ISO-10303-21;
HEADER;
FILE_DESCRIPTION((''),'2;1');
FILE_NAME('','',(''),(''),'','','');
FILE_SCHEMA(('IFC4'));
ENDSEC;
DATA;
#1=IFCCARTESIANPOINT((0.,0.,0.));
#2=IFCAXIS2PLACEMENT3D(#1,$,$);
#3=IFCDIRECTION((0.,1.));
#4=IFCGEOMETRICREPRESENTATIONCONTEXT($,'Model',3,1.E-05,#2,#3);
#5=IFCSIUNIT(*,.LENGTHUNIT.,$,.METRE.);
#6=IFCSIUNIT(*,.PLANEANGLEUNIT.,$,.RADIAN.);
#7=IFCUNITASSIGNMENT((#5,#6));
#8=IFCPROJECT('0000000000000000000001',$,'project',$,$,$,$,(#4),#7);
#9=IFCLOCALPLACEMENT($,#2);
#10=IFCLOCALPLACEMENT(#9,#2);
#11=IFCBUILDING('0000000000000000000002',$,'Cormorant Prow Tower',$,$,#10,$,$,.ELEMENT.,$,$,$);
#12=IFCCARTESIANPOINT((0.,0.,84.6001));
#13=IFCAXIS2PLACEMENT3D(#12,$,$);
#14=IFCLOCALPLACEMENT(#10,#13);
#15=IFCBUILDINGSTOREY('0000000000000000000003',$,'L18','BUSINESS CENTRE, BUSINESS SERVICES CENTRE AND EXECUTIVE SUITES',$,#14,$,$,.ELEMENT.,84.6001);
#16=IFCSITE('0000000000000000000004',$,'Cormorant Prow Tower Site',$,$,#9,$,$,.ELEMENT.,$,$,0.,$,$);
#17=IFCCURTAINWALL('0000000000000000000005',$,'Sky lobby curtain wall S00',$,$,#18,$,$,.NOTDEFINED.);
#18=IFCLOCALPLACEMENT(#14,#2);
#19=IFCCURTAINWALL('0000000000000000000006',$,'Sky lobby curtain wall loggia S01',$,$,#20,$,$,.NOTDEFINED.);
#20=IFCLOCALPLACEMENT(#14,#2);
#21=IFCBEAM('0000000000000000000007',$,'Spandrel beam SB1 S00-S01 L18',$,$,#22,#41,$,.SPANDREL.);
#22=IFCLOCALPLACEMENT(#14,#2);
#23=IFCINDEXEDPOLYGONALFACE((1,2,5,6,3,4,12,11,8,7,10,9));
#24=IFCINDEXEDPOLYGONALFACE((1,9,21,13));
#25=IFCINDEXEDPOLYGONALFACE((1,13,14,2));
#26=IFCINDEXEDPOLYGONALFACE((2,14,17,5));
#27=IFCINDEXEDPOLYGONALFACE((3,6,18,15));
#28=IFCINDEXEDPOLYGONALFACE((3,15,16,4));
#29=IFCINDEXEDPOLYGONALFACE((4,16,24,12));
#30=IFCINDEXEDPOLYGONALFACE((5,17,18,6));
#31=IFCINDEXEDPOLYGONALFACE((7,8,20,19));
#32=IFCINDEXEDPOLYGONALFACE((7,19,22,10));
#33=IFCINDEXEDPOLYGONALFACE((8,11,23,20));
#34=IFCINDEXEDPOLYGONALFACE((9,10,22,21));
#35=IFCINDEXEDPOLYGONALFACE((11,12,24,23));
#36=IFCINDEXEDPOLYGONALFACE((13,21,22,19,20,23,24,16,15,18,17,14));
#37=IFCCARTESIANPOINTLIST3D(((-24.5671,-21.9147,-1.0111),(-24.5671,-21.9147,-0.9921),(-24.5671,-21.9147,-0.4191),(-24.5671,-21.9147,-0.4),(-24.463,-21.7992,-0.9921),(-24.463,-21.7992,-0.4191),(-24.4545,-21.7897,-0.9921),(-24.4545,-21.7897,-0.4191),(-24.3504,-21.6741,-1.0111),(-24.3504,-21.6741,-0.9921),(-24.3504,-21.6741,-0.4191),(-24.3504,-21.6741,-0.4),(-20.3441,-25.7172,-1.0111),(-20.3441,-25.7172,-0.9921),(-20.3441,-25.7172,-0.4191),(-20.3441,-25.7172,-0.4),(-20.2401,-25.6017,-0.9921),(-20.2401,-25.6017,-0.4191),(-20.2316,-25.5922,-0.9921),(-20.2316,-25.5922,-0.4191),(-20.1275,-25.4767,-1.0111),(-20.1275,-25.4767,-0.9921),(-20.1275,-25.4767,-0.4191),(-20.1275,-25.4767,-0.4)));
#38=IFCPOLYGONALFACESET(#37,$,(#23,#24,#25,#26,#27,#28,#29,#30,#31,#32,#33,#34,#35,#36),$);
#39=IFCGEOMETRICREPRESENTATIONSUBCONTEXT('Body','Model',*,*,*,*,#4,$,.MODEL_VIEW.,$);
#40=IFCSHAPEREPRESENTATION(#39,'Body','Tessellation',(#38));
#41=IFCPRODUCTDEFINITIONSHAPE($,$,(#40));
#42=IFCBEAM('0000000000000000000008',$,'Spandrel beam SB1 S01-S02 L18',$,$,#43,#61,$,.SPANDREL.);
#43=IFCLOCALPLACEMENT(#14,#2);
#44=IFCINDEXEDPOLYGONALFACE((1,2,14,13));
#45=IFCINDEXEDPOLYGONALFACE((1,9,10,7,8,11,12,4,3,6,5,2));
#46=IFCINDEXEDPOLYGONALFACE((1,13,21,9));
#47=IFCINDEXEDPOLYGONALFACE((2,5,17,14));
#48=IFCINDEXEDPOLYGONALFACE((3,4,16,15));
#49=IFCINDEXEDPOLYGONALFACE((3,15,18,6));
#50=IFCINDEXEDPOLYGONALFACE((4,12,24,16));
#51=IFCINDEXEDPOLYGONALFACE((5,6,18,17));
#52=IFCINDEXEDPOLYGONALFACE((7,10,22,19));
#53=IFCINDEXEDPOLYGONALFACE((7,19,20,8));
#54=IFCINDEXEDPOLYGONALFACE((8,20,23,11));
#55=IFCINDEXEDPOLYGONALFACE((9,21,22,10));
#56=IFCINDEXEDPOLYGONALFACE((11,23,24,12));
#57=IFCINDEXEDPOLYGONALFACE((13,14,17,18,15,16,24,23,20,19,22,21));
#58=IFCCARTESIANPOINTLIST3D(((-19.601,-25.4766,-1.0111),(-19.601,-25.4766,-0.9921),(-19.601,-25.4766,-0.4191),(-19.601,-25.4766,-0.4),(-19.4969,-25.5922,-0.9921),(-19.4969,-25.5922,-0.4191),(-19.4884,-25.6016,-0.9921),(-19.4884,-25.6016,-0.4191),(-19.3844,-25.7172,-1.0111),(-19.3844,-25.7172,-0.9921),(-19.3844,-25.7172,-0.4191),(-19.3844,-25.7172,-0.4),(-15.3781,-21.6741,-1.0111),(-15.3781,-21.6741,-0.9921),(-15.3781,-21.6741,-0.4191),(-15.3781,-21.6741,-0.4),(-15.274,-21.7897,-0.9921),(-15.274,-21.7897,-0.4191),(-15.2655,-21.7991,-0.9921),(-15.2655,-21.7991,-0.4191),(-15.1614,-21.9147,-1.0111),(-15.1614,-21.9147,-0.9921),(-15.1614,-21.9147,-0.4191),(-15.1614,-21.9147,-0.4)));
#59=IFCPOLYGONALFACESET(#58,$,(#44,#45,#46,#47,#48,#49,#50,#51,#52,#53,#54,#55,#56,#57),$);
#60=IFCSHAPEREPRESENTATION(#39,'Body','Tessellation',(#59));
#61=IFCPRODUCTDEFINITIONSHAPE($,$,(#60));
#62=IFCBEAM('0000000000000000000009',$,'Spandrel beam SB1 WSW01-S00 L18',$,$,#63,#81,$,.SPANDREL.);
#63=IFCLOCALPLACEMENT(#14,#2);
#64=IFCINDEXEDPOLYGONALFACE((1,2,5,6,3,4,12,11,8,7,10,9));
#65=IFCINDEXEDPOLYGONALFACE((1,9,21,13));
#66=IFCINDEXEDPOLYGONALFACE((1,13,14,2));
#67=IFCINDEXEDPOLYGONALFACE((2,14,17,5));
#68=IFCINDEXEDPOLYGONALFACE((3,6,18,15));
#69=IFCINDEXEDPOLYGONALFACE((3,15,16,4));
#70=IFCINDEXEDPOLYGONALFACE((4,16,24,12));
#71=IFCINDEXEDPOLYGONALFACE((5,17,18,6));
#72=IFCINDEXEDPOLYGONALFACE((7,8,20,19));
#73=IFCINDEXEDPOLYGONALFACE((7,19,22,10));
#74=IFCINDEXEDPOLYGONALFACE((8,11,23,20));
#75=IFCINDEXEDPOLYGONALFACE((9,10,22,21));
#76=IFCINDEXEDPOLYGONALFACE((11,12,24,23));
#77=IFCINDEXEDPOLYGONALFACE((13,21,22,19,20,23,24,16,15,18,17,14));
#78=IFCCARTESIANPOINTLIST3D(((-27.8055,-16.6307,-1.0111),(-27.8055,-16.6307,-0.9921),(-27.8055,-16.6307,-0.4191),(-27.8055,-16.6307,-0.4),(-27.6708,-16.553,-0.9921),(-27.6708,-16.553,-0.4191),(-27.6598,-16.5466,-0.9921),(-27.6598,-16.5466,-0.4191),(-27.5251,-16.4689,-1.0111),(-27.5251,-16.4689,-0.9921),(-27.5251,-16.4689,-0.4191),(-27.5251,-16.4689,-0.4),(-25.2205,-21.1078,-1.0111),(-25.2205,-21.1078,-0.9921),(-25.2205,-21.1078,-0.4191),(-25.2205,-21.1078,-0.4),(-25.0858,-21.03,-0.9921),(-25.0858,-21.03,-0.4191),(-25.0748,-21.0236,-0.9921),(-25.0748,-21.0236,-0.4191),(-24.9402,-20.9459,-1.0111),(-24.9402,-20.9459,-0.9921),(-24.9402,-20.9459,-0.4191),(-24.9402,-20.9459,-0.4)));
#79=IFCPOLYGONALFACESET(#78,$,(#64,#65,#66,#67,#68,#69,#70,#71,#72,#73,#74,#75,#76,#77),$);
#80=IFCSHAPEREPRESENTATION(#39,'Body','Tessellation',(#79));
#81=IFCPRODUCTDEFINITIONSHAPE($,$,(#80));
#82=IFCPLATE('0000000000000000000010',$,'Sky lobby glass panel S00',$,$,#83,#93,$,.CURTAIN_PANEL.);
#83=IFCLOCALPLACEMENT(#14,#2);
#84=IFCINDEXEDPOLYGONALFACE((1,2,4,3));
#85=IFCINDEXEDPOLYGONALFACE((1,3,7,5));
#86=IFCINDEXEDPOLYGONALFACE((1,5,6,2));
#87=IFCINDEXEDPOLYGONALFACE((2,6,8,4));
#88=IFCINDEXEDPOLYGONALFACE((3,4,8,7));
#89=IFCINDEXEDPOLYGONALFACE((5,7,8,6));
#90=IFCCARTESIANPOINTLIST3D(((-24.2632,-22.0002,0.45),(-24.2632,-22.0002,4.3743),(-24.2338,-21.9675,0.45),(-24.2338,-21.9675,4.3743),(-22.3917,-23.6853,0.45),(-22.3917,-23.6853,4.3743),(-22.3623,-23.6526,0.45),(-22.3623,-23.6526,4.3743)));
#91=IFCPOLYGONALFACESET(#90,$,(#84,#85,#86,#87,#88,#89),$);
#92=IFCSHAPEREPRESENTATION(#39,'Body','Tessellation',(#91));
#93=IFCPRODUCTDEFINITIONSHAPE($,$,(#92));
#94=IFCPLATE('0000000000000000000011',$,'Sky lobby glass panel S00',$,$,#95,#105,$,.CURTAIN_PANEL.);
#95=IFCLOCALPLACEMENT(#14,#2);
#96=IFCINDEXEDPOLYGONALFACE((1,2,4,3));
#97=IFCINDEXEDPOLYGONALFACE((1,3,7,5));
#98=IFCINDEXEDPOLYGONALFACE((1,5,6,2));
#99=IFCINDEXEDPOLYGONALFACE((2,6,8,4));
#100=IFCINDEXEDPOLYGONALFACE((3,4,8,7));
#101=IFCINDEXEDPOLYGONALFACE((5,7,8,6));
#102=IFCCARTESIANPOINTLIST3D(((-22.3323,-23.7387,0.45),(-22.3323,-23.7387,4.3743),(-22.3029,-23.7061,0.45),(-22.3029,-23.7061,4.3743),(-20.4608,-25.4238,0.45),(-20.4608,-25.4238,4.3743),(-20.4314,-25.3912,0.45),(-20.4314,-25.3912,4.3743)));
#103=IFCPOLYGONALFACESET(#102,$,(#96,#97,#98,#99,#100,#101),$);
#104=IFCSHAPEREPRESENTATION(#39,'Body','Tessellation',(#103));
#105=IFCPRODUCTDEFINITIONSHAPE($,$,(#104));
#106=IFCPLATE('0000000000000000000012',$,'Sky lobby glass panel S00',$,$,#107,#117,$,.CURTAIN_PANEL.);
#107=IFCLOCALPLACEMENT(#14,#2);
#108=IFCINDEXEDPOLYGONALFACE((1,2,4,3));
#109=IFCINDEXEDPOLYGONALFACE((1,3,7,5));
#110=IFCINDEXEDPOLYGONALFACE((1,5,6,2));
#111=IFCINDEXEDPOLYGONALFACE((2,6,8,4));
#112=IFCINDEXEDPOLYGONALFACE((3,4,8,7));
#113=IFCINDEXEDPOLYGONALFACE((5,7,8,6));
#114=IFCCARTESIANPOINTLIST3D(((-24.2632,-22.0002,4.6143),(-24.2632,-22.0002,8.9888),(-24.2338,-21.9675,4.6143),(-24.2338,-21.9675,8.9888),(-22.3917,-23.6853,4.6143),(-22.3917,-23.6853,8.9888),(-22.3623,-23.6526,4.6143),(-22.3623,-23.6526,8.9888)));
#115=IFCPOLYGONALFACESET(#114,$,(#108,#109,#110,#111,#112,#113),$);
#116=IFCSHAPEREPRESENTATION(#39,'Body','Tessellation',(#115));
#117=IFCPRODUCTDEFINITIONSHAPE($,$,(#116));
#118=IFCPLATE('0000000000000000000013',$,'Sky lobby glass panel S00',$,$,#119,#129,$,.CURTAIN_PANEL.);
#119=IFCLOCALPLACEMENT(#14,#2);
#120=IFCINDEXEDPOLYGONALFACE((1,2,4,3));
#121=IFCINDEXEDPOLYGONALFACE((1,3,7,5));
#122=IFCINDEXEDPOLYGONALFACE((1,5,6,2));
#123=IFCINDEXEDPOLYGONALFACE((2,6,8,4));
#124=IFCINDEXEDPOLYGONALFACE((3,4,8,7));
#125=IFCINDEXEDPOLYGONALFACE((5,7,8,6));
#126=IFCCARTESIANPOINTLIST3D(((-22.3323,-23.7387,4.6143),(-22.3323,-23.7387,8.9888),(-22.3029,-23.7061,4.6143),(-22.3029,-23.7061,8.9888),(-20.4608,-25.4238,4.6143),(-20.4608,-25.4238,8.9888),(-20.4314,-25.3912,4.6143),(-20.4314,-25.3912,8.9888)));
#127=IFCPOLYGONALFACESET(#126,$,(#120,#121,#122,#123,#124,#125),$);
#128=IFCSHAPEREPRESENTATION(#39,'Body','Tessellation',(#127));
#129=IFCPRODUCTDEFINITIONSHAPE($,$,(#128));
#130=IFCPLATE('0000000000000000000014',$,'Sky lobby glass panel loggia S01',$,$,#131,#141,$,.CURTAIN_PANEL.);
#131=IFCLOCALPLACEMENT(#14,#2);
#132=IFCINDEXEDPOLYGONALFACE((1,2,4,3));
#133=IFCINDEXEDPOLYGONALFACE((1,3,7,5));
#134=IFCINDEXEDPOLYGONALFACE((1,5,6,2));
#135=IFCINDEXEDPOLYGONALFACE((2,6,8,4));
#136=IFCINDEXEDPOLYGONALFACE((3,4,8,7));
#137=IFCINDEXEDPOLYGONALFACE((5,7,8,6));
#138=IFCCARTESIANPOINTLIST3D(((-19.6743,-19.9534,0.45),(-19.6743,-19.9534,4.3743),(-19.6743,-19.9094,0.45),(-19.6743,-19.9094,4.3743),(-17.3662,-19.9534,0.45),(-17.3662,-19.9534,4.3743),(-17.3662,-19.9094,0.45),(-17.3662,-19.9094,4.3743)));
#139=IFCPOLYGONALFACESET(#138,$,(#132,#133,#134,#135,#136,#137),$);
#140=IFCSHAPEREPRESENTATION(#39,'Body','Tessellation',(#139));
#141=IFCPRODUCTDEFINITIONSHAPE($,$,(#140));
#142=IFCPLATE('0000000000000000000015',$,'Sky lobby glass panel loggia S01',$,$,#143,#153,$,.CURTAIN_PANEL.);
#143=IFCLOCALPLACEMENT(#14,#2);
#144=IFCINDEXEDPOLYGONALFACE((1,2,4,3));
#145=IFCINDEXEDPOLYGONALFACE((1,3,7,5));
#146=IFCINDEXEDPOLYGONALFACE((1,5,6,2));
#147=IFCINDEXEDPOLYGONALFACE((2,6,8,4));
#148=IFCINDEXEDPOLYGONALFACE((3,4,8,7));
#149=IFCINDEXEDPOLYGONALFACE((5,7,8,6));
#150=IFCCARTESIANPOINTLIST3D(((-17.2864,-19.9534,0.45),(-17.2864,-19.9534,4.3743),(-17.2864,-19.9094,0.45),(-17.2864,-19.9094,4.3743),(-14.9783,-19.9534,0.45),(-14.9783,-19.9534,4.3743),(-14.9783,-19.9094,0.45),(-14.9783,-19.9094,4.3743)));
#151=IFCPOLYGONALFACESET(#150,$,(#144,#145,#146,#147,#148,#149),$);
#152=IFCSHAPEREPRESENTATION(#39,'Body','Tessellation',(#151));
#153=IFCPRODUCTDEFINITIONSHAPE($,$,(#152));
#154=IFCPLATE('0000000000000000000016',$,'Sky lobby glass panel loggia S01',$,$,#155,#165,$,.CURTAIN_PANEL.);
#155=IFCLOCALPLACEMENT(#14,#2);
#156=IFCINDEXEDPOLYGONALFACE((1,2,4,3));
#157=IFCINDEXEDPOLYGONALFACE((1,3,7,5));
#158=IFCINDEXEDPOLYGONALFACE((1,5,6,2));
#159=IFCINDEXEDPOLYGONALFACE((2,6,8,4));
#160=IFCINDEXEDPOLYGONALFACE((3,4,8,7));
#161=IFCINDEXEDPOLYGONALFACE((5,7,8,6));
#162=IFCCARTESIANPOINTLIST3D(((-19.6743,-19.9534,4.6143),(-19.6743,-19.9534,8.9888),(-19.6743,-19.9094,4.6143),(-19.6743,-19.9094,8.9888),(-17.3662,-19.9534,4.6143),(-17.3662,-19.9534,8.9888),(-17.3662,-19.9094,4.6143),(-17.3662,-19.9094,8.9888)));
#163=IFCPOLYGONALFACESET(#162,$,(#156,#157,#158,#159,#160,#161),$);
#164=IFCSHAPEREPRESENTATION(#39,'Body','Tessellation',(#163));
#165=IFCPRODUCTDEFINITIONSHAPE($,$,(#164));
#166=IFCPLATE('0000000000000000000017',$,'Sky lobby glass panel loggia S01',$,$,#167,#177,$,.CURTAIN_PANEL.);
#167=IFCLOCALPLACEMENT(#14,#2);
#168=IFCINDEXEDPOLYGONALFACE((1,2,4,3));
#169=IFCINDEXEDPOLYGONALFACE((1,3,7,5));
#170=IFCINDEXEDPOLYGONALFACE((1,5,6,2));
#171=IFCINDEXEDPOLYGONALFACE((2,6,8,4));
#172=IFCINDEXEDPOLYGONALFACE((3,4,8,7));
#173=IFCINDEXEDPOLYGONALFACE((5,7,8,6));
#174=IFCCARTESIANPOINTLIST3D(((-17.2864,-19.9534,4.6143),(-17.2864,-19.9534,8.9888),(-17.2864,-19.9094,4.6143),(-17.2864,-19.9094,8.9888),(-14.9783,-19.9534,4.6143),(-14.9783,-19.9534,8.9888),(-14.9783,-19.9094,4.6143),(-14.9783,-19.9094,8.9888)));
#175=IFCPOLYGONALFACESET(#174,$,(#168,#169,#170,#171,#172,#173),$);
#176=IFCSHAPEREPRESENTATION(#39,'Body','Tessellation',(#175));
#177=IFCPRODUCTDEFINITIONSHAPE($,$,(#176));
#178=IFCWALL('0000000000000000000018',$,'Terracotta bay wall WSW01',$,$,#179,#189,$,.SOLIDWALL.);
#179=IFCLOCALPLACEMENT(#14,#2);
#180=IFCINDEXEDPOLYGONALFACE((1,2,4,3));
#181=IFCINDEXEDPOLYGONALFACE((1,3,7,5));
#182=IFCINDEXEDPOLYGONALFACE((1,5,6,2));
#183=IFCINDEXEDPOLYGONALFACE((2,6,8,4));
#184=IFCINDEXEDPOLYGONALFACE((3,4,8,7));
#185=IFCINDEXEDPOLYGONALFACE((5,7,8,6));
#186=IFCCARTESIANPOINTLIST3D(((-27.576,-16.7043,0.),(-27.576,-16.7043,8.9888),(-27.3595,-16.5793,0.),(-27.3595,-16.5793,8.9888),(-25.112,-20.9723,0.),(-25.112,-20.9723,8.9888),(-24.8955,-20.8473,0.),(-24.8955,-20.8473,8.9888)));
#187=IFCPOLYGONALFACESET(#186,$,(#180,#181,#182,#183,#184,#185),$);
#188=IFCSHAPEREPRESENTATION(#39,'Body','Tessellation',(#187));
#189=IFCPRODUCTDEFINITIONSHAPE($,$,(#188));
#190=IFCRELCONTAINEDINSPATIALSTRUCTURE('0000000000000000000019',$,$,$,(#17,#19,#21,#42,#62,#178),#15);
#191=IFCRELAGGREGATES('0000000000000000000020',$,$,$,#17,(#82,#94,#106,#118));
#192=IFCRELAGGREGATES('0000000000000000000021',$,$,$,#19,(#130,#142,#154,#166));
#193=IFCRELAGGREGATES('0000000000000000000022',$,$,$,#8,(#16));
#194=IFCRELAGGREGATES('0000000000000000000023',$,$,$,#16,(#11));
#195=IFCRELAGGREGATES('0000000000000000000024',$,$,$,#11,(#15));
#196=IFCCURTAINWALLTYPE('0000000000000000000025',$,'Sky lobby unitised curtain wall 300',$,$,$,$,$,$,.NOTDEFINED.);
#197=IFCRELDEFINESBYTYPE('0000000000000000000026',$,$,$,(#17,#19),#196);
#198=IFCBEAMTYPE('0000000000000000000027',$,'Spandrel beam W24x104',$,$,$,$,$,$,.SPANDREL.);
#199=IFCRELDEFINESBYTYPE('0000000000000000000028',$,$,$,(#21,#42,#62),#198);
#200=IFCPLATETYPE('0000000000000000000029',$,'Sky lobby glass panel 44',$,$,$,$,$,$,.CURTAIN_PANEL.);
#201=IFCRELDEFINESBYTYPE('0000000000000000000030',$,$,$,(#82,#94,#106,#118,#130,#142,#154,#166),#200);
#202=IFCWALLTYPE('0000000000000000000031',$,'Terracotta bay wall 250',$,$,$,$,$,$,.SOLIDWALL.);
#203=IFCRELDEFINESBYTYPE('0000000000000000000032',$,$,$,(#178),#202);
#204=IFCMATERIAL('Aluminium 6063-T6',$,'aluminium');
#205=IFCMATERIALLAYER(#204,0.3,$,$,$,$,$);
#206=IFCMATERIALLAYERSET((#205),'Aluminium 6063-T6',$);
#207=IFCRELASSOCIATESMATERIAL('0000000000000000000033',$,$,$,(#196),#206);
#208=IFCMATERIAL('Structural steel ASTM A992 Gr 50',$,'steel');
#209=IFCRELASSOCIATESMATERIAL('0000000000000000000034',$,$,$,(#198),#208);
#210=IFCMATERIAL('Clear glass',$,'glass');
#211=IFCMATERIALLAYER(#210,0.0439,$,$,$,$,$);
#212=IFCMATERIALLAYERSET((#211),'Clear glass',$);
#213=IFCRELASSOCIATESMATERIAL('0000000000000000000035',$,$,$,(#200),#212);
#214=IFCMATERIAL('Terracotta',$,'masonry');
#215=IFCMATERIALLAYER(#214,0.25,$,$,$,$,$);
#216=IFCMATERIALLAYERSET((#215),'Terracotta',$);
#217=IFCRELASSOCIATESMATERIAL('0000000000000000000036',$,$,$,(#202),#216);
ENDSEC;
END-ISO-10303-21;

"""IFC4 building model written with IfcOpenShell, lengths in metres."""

from ifc_helpers import new_model, si_unit, direction, frame, frame_2d, origin, origin_2d, place, context, subcontext, project, spatial, rectangle, i_section, extrude, material, layer, layer_set, material_profile, profile_set, type_object, element, aggregate, save


model = new_model("IFC4")

# Units and contexts
model_context = context("Model", 3, precision=1e-05, world=origin(), true_north=direction((0.0, 1.0)))
body_context = subcontext(model_context, "Body", "Model", "MODEL_VIEW")
ifc_project = project(units=[si_unit("LENGTHUNIT", "METRE"), si_unit("PLANEANGLEUNIT", "RADIAN")], contexts=[model_context])

# Site, building, storey
site_placement = place(None, origin())
site = spatial("IfcSite", under=ifc_project, at=site_placement, Name="Cormorant Prow Tower Site", CompositionType="ELEMENT", RefElevation=0.0)
building_placement = place(site_placement, origin())
building = spatial("IfcBuilding", under=site, at=building_placement, Name="Cormorant Prow Tower", CompositionType="ELEMENT")
storey_placement = place(building_placement, frame((0.0, 0.0, 84.6001)))
storey = spatial("IfcBuildingStorey", under=building, at=storey_placement, Name="L18", Description="BUSINESS CENTRE, BUSINESS SERVICES CENTRE AND EXECUTIVE SUITES", CompositionType="ELEMENT", Elevation=84.6001)

# Curtain walls
ifc_material_1 = material(Name="Aluminium 6063-T6", Category="aluminium")
ifc_layer_1 = layer(ifc_material_1, 0.3)
ifc_layer_set_1 = layer_set([ifc_layer_1], Name="Aluminium 6063-T6")
curtain_wall_type = type_object("IfcCurtainWallType", Name="Sky lobby unitised curtain wall 300", PredefinedType="NOTDEFINED", material=ifc_layer_set_1)
curtain_wall_1_placement = place(storey_placement, origin())
curtain_wall_1 = element("IfcCurtainWall", 1, at=curtain_wall_1_placement, inside=storey, type_object=curtain_wall_type, Name="Sky lobby curtain wall S00", PredefinedType="NOTDEFINED")
curtain_wall_2_placement = place(storey_placement, origin())
curtain_wall_2 = element("IfcCurtainWall", 2, at=curtain_wall_2_placement, inside=storey, type_object=curtain_wall_type, Name="Sky lobby curtain wall loggia S01", PredefinedType="NOTDEFINED")

# Beams
ifc_material_2 = material(Name="Structural steel ASTM A992 Gr 50", Category="steel")
ifc_material_profile_1 = material_profile(ifc_material_2, i_section(OverallWidth=0.3237, OverallDepth=0.6111, WebThickness=0.0127, FlangeThickness=0.019, at=origin_2d()), Name="W24x104")
ifc_profile_set_1 = profile_set([ifc_material_profile_1], Name="Structural steel ASTM A992 Gr 50")
beam_type = type_object("IfcBeamType", Name="Spandrel beam W24x104", PredefinedType="SPANDREL", material=ifc_profile_set_1)
for number, where, z_axis, x_axis, name in (
    (3, (-24.4587, -21.7944, -0.7056), (0.74313, -0.669147, 0.0), (0.669147, 0.74313, 0.0), "Spandrel beam SB1 S00-S01 L18"),
    (4, (-19.4927, -25.5969, -0.7056), (0.74313, 0.669147, 0.0), (-0.669147, 0.74313, 0.0), "Spandrel beam SB1 S01-S02 L18"),
):
    element("IfcBeam", number, at=place(storey_placement, frame(where, z_axis=z_axis, x_axis=x_axis)), inside=storey, type_object=beam_type, Name=name, PredefinedType="SPANDREL", context=body_context, shape_type="SweptSolid", body=[
        extrude(i_section(OverallWidth=0.3237, OverallDepth=0.6111, WebThickness=0.0127, FlangeThickness=0.019, at=origin_2d()), origin(), (0.0, 0.0, 1.0), 5.6826),
    ])
beam_placement = place(storey_placement, frame((-27.6653, -16.5498, -0.7056), z_axis=(0.50002, -0.866014, 0.0), x_axis=(0.866014, 0.50002, 0.0)))
element("IfcBeam", 5, at=beam_placement, inside=storey, type_object=beam_type, Name="Spandrel beam SB1 WSW01-S00 L18", PredefinedType="SPANDREL", context=body_context, shape_type="SweptSolid", body=[
    extrude(i_section(OverallWidth=0.3237, OverallDepth=0.6111, WebThickness=0.0127, FlangeThickness=0.019, at=origin_2d()), origin(), (0.0, 0.0, 1.0), 5.1697),
])

# Plates
ifc_material_3 = material(Name="Clear glass", Category="glass")
ifc_layer_2 = layer(ifc_material_3, 0.0439)
ifc_layer_set_2 = layer_set([ifc_layer_2], Name="Clear glass")
plate_type = type_object("IfcPlateType", Name="Sky lobby glass panel 44", PredefinedType="CURTAIN_PANEL", material=ifc_layer_set_2)
plate_1_placement = place(storey_placement, frame((-23.3127, -22.8264, 0.45), z_axis=(0.0, 0.0, 1.0), x_axis=(0.743145, -0.669131, 0.0)))
plate_1 = element("IfcPlate", 6, at=plate_1_placement, type_object=plate_type, Name="Sky lobby glass panel S00", PredefinedType="CURTAIN_PANEL", context=body_context, shape_type="SweptSolid", body=[
    extrude(rectangle(XDim=2.5183, YDim=0.0439, at=origin_2d()), origin(), (0.0, 0.0, 1.0), 3.9243),
])
plate_2_placement = place(storey_placement, frame((-21.3818, -24.5649, 0.45), z_axis=(0.0, 0.0, 1.0), x_axis=(0.743145, -0.669131, 0.0)))
plate_2 = element("IfcPlate", 7, at=plate_2_placement, type_object=plate_type, Name="Sky lobby glass panel S00", PredefinedType="CURTAIN_PANEL", context=body_context, shape_type="SweptSolid", body=[
    extrude(rectangle(XDim=2.5183, YDim=0.0439, at=origin_2d()), origin(), (0.0, 0.0, 1.0), 3.9243),
])
plate_3_placement = place(storey_placement, frame((-23.3127, -22.8264, 4.6143), z_axis=(0.0, 0.0, 1.0), x_axis=(0.743145, -0.669131, 0.0)))
plate_3 = element("IfcPlate", 8, at=plate_3_placement, type_object=plate_type, Name="Sky lobby glass panel S00", PredefinedType="CURTAIN_PANEL", context=body_context, shape_type="SweptSolid", body=[
    extrude(rectangle(XDim=2.5183, YDim=0.0439, at=origin_2d()), origin(), (0.0, 0.0, 1.0), 4.3745),
])
plate_4_placement = place(storey_placement, frame((-21.3818, -24.5649, 4.6143), z_axis=(0.0, 0.0, 1.0), x_axis=(0.743145, -0.669131, 0.0)))
plate_4 = element("IfcPlate", 9, at=plate_4_placement, type_object=plate_type, Name="Sky lobby glass panel S00", PredefinedType="CURTAIN_PANEL", context=body_context, shape_type="SweptSolid", body=[
    extrude(rectangle(XDim=2.5183, YDim=0.0439, at=origin_2d()), origin(), (0.0, 0.0, 1.0), 4.3745),
])
aggregate(curtain_wall_1, [plate_1, plate_2, plate_3, plate_4])
plate_5_placement = place(storey_placement, frame((-18.5203, -19.9314, 0.45), z_axis=(0.0, 0.0, 1.0), x_axis=(1.0, 0.0, 0.0)))
plate_5 = element("IfcPlate", 10, at=plate_5_placement, type_object=plate_type, Name="Sky lobby glass panel loggia S01", PredefinedType="CURTAIN_PANEL", context=body_context, shape_type="SweptSolid", body=[
    extrude(rectangle(XDim=2.3081, YDim=0.0439, at=origin_2d()), origin(), (0.0, 0.0, 1.0), 3.9243),
])
plate_6_placement = place(storey_placement, frame((-16.1323, -19.9314, 0.45), z_axis=(0.0, 0.0, 1.0), x_axis=(1.0, 0.0, 0.0)))
plate_6 = element("IfcPlate", 11, at=plate_6_placement, type_object=plate_type, Name="Sky lobby glass panel loggia S01", PredefinedType="CURTAIN_PANEL", context=body_context, shape_type="SweptSolid", body=[
    extrude(rectangle(XDim=2.3081, YDim=0.0439, at=origin_2d()), origin(), (0.0, 0.0, 1.0), 3.9243),
])
plate_7_placement = place(storey_placement, frame((-18.5203, -19.9314, 4.6143), z_axis=(0.0, 0.0, 1.0), x_axis=(1.0, 0.0, 0.0)))
plate_7 = element("IfcPlate", 12, at=plate_7_placement, type_object=plate_type, Name="Sky lobby glass panel loggia S01", PredefinedType="CURTAIN_PANEL", context=body_context, shape_type="SweptSolid", body=[
    extrude(rectangle(XDim=2.3081, YDim=0.0439, at=origin_2d()), origin(), (0.0, 0.0, 1.0), 4.3745),
])
plate_8_placement = place(storey_placement, frame((-16.1323, -19.9314, 4.6143), z_axis=(0.0, 0.0, 1.0), x_axis=(1.0, 0.0, 0.0)))
plate_8 = element("IfcPlate", 13, at=plate_8_placement, type_object=plate_type, Name="Sky lobby glass panel loggia S01", PredefinedType="CURTAIN_PANEL", context=body_context, shape_type="SweptSolid", body=[
    extrude(rectangle(XDim=2.3081, YDim=0.0439, at=origin_2d()), origin(), (0.0, 0.0, 1.0), 4.3745),
])
aggregate(curtain_wall_2, [plate_5, plate_6, plate_7, plate_8])

# Wall
ifc_material_4 = material(Name="Terracotta", Category="masonry")
ifc_layer_3 = layer(ifc_material_4, 0.25)
ifc_layer_set_3 = layer_set([ifc_layer_3], Name="Terracotta")
wall_type_1 = type_object("IfcWallType", Name="Terracotta bay wall 250", PredefinedType="SOLIDWALL", material=ifc_layer_set_3)
wall_1_placement = place(storey_placement, frame((-27.4678, -16.6418, 0.0), z_axis=(0.0, 0.0, 1.0), x_axis=(0.499991, -0.86603, 0.0)))
element("IfcWall", 14, at=wall_1_placement, inside=storey, type_object=wall_type_1, Name="Terracotta bay wall WSW01", PredefinedType="SOLIDWALL", context=body_context, shape_type="SweptSolid", body=[
    extrude(rectangle(XDim=4.9282, YDim=0.25, at=frame_2d((2.4641, 0.0))), origin(), (0.0, 0.0, 1.0), 8.9888),
])

save(model, "model.ifc")
